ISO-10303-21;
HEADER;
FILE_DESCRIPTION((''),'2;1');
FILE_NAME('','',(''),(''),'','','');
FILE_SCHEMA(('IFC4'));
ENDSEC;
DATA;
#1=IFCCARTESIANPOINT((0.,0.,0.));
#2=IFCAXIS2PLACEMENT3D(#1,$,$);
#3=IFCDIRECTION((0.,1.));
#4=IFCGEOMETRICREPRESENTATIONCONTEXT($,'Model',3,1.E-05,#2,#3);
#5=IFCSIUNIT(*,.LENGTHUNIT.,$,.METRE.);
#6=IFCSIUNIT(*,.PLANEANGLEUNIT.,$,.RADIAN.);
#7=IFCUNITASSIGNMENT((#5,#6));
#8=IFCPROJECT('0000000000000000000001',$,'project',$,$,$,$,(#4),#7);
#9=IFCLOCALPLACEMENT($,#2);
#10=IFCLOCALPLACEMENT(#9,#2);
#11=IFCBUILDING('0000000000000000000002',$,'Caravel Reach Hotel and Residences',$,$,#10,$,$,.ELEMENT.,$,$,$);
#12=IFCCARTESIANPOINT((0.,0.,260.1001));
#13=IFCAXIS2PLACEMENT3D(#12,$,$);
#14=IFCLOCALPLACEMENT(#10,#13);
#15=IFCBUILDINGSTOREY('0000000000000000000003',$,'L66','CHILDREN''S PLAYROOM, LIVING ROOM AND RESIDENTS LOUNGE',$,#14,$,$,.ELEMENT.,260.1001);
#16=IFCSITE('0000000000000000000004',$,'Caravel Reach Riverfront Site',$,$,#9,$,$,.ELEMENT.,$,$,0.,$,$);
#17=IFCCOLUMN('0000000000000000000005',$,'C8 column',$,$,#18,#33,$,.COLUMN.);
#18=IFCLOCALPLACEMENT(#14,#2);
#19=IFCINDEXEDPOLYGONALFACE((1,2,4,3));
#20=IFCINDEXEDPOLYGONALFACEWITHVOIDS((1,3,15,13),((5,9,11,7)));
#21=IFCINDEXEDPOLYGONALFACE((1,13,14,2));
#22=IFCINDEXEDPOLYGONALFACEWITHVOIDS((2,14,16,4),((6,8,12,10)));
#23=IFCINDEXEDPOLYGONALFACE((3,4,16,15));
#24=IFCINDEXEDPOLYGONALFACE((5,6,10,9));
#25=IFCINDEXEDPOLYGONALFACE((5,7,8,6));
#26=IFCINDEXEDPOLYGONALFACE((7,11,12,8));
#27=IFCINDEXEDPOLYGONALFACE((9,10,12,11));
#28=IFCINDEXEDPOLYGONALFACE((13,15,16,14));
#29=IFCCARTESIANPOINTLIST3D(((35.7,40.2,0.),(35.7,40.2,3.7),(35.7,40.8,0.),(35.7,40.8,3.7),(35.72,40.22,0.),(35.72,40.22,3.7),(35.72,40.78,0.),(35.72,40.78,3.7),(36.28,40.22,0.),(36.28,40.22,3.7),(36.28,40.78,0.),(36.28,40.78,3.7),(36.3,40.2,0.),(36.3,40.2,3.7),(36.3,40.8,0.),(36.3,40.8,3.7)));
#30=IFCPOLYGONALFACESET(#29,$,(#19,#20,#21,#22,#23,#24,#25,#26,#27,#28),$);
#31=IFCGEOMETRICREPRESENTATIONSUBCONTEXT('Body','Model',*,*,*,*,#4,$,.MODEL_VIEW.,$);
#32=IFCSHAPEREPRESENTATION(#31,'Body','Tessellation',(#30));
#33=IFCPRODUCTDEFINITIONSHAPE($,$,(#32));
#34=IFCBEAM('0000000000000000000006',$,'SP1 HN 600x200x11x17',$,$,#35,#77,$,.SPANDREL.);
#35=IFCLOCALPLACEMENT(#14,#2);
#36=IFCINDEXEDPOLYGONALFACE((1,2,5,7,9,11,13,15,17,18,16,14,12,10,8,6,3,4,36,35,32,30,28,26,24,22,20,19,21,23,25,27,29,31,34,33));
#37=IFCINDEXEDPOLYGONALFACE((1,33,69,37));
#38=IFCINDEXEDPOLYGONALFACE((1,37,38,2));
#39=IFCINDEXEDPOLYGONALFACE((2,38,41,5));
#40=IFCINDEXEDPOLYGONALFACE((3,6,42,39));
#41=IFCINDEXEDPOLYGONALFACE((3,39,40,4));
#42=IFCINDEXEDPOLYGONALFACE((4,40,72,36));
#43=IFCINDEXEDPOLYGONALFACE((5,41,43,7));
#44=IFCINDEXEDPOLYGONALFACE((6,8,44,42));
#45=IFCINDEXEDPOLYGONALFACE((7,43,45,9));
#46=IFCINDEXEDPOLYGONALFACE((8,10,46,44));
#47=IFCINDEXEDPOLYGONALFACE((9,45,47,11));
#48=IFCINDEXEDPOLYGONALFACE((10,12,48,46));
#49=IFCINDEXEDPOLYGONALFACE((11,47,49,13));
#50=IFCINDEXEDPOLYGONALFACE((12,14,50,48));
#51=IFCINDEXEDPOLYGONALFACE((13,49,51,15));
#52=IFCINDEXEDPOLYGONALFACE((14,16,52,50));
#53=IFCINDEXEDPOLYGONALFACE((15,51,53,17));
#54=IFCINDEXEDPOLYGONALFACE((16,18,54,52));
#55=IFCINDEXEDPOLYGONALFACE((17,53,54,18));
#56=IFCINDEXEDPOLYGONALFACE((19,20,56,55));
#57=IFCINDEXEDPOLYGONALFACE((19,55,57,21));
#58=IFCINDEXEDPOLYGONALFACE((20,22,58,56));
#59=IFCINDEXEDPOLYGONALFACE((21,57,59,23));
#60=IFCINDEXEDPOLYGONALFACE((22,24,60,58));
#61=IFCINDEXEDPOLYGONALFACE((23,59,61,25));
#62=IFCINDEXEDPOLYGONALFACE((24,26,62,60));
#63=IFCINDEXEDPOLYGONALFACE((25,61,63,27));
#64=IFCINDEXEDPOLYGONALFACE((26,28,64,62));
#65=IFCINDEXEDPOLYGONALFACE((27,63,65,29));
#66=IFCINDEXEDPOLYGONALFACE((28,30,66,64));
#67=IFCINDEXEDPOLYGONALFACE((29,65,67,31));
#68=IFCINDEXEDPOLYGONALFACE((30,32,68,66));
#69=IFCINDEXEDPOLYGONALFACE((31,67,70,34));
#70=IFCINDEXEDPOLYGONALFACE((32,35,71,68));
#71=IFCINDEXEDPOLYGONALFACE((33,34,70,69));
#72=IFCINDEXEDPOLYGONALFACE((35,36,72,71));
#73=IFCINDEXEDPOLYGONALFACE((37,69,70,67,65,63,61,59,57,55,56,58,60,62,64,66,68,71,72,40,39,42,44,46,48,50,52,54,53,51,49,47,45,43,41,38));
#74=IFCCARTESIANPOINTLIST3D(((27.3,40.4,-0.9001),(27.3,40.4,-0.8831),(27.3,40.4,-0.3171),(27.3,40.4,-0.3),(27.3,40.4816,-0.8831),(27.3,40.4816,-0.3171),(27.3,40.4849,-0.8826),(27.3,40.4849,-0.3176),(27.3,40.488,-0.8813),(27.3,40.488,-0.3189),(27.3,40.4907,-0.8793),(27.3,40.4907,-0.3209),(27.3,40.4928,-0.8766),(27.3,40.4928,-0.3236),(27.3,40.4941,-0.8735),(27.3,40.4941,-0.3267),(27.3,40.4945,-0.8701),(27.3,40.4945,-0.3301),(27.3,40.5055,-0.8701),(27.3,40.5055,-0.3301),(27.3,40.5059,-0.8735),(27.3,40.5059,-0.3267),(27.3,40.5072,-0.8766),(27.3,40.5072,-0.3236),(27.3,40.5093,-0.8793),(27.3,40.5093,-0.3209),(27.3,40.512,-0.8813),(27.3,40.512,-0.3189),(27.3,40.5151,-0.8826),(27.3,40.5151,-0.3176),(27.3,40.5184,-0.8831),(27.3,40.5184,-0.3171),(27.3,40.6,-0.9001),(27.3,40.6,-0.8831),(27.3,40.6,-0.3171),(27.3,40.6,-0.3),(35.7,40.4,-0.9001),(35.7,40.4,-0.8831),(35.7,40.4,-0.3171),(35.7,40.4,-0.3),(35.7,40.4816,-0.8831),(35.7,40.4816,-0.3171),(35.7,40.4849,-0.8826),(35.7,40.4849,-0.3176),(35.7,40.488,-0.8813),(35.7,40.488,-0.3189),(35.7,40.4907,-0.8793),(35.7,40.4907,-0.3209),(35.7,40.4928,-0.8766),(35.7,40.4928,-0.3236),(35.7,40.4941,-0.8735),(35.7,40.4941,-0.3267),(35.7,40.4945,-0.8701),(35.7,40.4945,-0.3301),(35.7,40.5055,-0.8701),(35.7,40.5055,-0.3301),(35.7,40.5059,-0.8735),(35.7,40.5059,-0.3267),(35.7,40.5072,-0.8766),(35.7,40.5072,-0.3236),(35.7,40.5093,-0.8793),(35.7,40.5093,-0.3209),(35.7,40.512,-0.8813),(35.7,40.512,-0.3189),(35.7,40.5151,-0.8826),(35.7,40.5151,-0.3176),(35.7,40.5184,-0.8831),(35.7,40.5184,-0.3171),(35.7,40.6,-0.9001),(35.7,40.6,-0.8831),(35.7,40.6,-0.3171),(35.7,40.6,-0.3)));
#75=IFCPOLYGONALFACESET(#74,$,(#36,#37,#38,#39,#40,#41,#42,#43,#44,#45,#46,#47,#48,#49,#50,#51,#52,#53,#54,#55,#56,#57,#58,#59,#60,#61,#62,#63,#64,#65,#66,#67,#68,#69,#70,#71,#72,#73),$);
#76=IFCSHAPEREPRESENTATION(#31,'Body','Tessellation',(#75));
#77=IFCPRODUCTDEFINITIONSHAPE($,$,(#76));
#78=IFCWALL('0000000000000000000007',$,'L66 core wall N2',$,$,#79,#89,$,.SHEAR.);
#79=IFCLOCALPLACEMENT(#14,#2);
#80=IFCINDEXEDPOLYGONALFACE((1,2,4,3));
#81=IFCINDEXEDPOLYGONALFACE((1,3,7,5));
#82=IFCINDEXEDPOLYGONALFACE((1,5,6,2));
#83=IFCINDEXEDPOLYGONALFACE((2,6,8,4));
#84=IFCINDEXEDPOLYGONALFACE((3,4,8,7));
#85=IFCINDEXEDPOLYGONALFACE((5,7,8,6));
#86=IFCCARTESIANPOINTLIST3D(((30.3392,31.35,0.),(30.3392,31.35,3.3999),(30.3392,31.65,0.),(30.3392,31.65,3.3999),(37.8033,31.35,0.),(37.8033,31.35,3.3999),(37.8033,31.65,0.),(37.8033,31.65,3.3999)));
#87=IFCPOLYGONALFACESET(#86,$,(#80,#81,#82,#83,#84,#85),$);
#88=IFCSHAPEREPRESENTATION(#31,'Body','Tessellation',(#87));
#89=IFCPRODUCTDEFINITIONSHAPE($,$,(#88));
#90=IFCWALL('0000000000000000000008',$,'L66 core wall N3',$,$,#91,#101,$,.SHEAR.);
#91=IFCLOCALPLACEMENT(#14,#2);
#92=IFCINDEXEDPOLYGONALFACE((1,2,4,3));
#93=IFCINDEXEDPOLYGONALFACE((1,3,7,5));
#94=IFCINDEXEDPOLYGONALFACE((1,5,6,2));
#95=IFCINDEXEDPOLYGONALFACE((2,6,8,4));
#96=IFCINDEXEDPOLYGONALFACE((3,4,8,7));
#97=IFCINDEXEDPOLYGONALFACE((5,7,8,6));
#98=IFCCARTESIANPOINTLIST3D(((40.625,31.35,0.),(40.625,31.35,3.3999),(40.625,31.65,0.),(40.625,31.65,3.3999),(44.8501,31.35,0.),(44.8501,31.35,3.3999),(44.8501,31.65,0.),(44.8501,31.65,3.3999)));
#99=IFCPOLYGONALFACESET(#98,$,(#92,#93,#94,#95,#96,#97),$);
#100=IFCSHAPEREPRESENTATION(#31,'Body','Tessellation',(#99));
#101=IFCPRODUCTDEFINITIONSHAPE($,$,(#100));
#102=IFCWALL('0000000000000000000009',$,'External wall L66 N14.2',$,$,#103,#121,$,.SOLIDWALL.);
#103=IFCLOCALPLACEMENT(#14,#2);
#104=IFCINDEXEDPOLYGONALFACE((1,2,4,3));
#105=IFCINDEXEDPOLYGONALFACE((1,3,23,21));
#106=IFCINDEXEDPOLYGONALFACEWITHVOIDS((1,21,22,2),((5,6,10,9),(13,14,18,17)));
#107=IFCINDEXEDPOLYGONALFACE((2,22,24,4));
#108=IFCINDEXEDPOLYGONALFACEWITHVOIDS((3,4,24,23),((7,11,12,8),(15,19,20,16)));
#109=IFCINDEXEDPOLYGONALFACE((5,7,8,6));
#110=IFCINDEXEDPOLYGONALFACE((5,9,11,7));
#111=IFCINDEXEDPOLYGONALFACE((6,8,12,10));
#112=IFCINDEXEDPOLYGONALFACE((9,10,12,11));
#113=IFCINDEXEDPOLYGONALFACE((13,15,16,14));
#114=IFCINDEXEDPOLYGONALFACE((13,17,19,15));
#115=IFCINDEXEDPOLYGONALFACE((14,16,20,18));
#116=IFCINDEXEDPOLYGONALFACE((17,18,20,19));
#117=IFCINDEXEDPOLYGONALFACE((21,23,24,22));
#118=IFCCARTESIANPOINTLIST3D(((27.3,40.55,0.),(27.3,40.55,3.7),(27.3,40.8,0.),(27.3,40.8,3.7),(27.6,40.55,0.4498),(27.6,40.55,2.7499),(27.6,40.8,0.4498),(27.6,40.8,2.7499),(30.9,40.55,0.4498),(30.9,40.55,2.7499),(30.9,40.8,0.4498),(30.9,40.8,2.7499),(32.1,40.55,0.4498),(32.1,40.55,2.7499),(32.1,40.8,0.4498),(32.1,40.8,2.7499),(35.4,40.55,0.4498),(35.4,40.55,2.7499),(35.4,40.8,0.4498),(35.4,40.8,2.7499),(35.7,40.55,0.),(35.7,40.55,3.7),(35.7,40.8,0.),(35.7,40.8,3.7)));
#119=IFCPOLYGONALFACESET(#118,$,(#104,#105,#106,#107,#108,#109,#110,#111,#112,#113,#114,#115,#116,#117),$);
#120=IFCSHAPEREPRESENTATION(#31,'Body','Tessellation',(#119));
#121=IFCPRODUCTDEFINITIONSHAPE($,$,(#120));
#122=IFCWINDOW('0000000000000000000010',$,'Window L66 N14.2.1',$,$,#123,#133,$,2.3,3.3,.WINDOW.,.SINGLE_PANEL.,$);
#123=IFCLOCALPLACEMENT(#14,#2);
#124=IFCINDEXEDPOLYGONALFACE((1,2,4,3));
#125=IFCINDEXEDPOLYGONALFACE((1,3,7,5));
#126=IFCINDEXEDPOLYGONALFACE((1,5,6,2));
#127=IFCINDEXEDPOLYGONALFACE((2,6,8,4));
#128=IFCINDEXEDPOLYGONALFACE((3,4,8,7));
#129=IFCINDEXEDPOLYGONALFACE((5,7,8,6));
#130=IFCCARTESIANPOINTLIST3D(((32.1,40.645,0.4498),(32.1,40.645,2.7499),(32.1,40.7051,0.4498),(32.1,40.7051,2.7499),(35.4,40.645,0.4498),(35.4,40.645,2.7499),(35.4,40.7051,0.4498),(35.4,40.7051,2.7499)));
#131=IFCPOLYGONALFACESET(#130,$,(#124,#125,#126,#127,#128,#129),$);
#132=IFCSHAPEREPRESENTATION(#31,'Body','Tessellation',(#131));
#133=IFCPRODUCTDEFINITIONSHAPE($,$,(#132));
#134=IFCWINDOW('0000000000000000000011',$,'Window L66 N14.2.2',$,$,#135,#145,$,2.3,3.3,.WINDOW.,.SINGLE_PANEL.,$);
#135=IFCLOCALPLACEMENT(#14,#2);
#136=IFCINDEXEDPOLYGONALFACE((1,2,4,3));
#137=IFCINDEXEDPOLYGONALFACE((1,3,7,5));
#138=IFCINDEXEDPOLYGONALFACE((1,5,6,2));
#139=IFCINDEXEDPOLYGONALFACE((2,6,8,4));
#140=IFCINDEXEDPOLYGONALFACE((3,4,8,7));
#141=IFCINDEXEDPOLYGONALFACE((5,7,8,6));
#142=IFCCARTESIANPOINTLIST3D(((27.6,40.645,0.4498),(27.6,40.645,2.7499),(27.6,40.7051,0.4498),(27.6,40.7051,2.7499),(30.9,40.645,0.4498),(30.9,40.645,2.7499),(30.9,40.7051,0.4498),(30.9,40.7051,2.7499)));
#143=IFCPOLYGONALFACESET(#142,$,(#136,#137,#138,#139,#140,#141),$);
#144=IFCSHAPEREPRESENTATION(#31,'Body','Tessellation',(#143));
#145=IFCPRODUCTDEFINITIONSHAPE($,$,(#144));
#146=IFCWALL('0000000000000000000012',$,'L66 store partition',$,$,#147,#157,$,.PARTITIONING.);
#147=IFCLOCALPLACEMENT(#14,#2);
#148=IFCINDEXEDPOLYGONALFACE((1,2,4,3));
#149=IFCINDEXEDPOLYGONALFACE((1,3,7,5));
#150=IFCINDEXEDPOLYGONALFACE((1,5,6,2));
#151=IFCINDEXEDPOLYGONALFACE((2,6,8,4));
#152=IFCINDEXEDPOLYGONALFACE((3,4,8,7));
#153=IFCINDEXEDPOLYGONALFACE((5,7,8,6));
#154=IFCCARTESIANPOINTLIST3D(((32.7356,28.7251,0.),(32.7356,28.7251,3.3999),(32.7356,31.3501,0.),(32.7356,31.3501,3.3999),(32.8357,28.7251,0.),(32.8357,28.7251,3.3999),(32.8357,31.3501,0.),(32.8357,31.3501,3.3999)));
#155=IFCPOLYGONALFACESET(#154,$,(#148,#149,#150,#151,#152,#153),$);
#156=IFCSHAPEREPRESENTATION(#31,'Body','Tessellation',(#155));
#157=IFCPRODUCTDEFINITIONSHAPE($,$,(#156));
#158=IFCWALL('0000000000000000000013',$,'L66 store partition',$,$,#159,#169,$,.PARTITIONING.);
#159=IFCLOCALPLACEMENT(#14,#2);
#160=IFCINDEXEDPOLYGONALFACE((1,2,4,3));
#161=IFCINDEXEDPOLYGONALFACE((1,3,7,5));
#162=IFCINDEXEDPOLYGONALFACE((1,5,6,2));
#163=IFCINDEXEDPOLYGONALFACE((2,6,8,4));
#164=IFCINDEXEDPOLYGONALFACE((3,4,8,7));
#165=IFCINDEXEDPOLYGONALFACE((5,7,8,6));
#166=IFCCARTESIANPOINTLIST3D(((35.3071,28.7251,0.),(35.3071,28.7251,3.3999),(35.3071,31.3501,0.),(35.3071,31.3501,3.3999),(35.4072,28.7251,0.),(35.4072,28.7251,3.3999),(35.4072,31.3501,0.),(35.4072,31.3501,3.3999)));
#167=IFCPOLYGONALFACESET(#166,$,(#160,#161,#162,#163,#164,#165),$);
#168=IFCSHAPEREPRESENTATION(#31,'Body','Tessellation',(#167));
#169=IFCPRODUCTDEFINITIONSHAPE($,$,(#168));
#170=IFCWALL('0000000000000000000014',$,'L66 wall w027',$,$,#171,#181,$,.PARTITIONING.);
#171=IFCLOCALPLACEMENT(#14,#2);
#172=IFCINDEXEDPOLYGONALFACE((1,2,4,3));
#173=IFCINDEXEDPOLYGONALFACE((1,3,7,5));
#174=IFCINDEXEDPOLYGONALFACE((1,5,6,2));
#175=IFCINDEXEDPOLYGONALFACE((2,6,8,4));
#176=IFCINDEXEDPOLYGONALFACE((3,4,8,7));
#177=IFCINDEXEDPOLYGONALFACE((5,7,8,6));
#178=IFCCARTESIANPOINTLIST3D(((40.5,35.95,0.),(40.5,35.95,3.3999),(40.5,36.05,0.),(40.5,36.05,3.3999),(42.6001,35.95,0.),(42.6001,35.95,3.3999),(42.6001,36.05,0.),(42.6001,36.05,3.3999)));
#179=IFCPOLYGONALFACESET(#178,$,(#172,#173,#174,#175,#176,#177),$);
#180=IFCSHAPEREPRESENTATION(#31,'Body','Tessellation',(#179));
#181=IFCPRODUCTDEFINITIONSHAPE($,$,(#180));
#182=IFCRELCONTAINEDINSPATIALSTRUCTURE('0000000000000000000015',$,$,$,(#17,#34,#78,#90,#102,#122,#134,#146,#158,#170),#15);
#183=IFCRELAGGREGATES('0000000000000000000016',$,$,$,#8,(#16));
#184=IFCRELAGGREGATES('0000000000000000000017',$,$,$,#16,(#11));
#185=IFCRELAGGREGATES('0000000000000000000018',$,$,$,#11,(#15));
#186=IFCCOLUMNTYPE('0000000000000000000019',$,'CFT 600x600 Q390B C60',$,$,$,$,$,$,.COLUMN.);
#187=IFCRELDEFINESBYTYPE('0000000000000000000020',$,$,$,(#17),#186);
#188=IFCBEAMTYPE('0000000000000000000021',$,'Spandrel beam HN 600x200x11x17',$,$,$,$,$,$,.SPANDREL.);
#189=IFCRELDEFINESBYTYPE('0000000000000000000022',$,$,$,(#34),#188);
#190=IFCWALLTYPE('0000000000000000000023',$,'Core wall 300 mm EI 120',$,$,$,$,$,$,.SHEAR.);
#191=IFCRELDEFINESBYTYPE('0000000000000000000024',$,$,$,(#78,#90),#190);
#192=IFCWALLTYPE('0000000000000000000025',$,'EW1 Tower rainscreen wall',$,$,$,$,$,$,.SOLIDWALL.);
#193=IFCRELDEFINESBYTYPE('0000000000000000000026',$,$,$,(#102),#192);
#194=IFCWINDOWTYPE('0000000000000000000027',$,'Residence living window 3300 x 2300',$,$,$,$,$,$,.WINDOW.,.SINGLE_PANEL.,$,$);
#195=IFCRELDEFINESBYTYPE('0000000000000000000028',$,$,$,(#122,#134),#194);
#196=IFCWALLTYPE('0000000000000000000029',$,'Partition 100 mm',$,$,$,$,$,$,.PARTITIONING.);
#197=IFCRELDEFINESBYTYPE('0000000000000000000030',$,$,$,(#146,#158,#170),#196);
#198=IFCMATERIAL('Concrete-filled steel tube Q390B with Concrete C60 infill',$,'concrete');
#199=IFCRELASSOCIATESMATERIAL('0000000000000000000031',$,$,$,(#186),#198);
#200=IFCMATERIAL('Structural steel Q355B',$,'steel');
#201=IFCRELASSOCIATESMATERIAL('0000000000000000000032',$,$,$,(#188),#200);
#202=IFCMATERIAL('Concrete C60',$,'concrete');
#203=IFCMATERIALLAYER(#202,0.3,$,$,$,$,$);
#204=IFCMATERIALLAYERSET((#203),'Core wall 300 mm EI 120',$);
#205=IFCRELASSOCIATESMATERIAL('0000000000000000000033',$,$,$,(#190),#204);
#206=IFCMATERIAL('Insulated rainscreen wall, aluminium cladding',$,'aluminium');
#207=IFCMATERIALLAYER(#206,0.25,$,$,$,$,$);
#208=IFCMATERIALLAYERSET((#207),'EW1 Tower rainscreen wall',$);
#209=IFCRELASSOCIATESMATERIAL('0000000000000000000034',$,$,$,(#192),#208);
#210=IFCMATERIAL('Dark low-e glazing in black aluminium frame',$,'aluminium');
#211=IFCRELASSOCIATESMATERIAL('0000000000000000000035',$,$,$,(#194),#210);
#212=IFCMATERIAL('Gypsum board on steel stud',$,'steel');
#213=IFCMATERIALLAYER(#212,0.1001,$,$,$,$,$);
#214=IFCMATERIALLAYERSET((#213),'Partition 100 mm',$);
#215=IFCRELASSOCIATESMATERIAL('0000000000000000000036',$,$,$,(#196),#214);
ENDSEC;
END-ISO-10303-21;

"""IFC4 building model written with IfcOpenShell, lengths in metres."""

from ifc_helpers import new_model, si_unit, direction, frame, frame_2d, origin, origin_2d, place, context, subcontext, project, spatial, rectangle, hollow_rectangle, i_section, extrude, material, layer, layer_set, material_profile, profile_set, type_object, element, fill, save


model = new_model("IFC4")

# Units and contexts
model_context = context("Model", 3, precision=1e-05, world=origin(), true_north=direction((0.0, 1.0)))
body_context = subcontext(model_context, "Body", "Model", "MODEL_VIEW")
ifc_project = project(units=[si_unit("LENGTHUNIT", "METRE"), si_unit("PLANEANGLEUNIT", "RADIAN")], contexts=[model_context])

# Site, building, storey
site_placement = place(None, origin())
site = spatial("IfcSite", under=ifc_project, at=site_placement, Name="Caravel Reach Riverfront Site", CompositionType="ELEMENT", RefElevation=0.0)
building_placement = place(site_placement, origin())
building = spatial("IfcBuilding", under=site, at=building_placement, Name="Caravel Reach Hotel and Residences", CompositionType="ELEMENT")
storey_placement = place(building_placement, frame((0.0, 0.0, 260.1001)))
storey = spatial("IfcBuildingStorey", under=building, at=storey_placement, Name="L66", Description="CHILDREN'S PLAYROOM, LIVING ROOM AND RESIDENTS LOUNGE", CompositionType="ELEMENT", Elevation=260.1001)

# Column
ifc_material_1 = material(Name="Concrete-filled steel tube Q390B with Concrete C60 infill", Category="concrete")
ifc_material_profile_1 = material_profile(ifc_material_1, hollow_rectangle(XDim=0.6001, YDim=0.6001, WallThickness=0.02, at=origin_2d()), Name="RHS 600x600x20")
ifc_profile_set_1 = profile_set([ifc_material_profile_1], Name="Concrete-filled steel tube Q390B with Concrete C60 infill")
column_type = type_object("IfcColumnType", Name="CFT 600x600 Q390B C60", PredefinedType="COLUMN", material=ifc_profile_set_1)
column_placement = place(storey_placement, frame((36.0, 40.5, 0.0), z_axis=(0.0, 0.0, 1.0), x_axis=(1.0, 0.0, 0.0)))
element("IfcColumn", 1, at=column_placement, inside=storey, type_object=column_type, Name="C8 column", PredefinedType="COLUMN", context=body_context, shape_type="SweptSolid", body=[
    extrude(hollow_rectangle(XDim=0.6001, YDim=0.6001, WallThickness=0.02, at=origin_2d()), origin(), (0.0, 0.0, 1.0), 3.7),
])

# Beam
ifc_material_2 = material(Name="Structural steel Q355B", Category="steel")
ifc_material_profile_2 = material_profile(ifc_material_2, i_section(OverallWidth=0.2, OverallDepth=0.6001, WebThickness=0.011, FlangeThickness=0.0171, FilletRadius=0.0129, at=origin_2d()), Name="HN 600x200x11x17")
ifc_profile_set_2 = profile_set([ifc_material_profile_2], Name="Structural steel Q355B")
beam_type = type_object("IfcBeamType", Name="Spandrel beam HN 600x200x11x17", PredefinedType="SPANDREL", material=ifc_profile_set_2)
beam_placement = place(storey_placement, frame((35.7, 40.5, -0.6001), z_axis=(-1.0, 0.0, 0.0), x_axis=(0.0, -1.0, 0.0)))
element("IfcBeam", 2, at=beam_placement, inside=storey, type_object=beam_type, Name="SP1 HN 600x200x11x17", PredefinedType="SPANDREL", context=body_context, shape_type="SweptSolid", body=[
    extrude(i_section(OverallWidth=0.2, OverallDepth=0.6001, WebThickness=0.011, FlangeThickness=0.0171, FilletRadius=0.0129, at=origin_2d()), origin(), (0.0, 0.0, 1.0), 8.3999),
])

# Walls
ifc_material_3 = material(Name="Concrete C60", Category="concrete")
ifc_layer_1 = layer(ifc_material_3, 0.3)
ifc_layer_set_1 = layer_set([ifc_layer_1], Name="Core wall 300 mm EI 120")
wall_type_1 = type_object("IfcWallType", Name="Core wall 300 mm EI 120", PredefinedType="SHEAR", material=ifc_layer_set_1)
wall_1_placement = place(storey_placement, frame((30.3394, 31.5, 0.0), z_axis=(0.0, 0.0, 1.0), x_axis=(1.0, 0.0, 0.0)))
element("IfcWall", 3, at=wall_1_placement, inside=storey, type_object=wall_type_1, Name="L66 core wall N2", PredefinedType="SHEAR", context=body_context, shape_type="SweptSolid", body=[
    extrude(rectangle(XDim=7.4641, YDim=0.3, at=frame_2d((3.7319, 0.0))), origin(), (0.0, 0.0, 1.0), 3.3999),
])
wall_2_placement = place(storey_placement, frame((40.625, 31.5, 0.0), z_axis=(0.0, 0.0, 1.0), x_axis=(1.0, 0.0, 0.0)))
element("IfcWall", 4, at=wall_2_placement, inside=storey, type_object=wall_type_1, Name="L66 core wall N3", PredefinedType="SHEAR", context=body_context, shape_type="SweptSolid", body=[
    extrude(rectangle(XDim=4.2251, YDim=0.3, at=frame_2d((2.1125, 0.0))), origin(), (0.0, 0.0, 1.0), 3.3999),
])

# Wall, openings, windows
ifc_material_4 = material(Name="Insulated rainscreen wall, aluminium cladding", Category="aluminium")
ifc_layer_2 = layer(ifc_material_4, 0.25)
ifc_layer_set_2 = layer_set([ifc_layer_2], Name="EW1 Tower rainscreen wall")
wall_type_2 = type_object("IfcWallType", Name="EW1 Tower rainscreen wall", PredefinedType="SOLIDWALL", material=ifc_layer_set_2)
wall_3_placement = place(storey_placement, frame((35.7, 40.675, 0.0), z_axis=(0.0, 0.0, 1.0), x_axis=(-1.0, 0.0, 0.0)))
wall_3 = element("IfcWall", 5, at=wall_3_placement, inside=storey, type_object=wall_type_2, Name="External wall L66 N14.2", PredefinedType="SOLIDWALL", context=body_context, shape_type="SweptSolid", body=[
    extrude(rectangle(XDim=8.3999, YDim=0.25, at=frame_2d((4.2, 0.0))), origin(), (0.0, 0.0, 1.0), 3.7),
])
opening_1_placement = place(wall_3_placement, frame((0.3, 0.0, 0.45)))
opening_1 = element("IfcOpeningElement", 6, at=opening_1_placement, cuts=wall_3, PredefinedType="OPENING", context=body_context, shape_type="SweptSolid", body=[
    extrude(rectangle(XDim=3.3, YDim=2.3, at=frame_2d((1.6499, 1.1499))), frame((0.0, 0.135, 0.0), z_axis=(0.0, -1.0, 0.0), x_axis=(1.0, 0.0, 0.0)), (0.0, 0.0, 1.0), 0.27),
])
opening_2_placement = place(wall_3_placement, frame((4.8, 0.0, 0.45)))
opening_2 = element("IfcOpeningElement", 7, at=opening_2_placement, cuts=wall_3, PredefinedType="OPENING", context=body_context, shape_type="SweptSolid", body=[
    extrude(rectangle(XDim=3.3, YDim=2.3, at=frame_2d((1.6499, 1.1499))), frame((0.0, 0.135, 0.0), z_axis=(0.0, -1.0, 0.0), x_axis=(1.0, 0.0, 0.0)), (0.0, 0.0, 1.0), 0.27),
])
ifc_material_5 = material(Name="Dark low-e glazing in black aluminium frame", Category="aluminium")
window_type = type_object("IfcWindowType", Name="Residence living window 3300 x 2300", PartitioningType="SINGLE_PANEL", PredefinedType="WINDOW", material=ifc_material_5)
window_1_placement = place(opening_1_placement, origin())
window_1 = element("IfcWindow", 8, at=window_1_placement, inside=storey, type_object=window_type, Name="Window L66 N14.2.1", OverallHeight=2.3, OverallWidth=3.3, PartitioningType="SINGLE_PANEL", PredefinedType="WINDOW", context=body_context, shape_type="SweptSolid", body=[
    extrude(rectangle(XDim=3.3, YDim=2.3, at=frame_2d((1.6499, 1.1499))), frame((0.0, 0.03, 0.0), z_axis=(0.0, -1.0, 0.0), x_axis=(1.0, 0.0, 0.0)), (0.0, 0.0, 1.0), 0.0601),
])
fill(opening_1, window_1)
window_2_placement = place(opening_2_placement, origin())
window_2 = element("IfcWindow", 9, at=window_2_placement, inside=storey, type_object=window_type, Name="Window L66 N14.2.2", OverallHeight=2.3, OverallWidth=3.3, PartitioningType="SINGLE_PANEL", PredefinedType="WINDOW", context=body_context, shape_type="SweptSolid", body=[
    extrude(rectangle(XDim=3.3, YDim=2.3, at=frame_2d((1.6499, 1.1499))), frame((0.0, 0.03, 0.0), z_axis=(0.0, -1.0, 0.0), x_axis=(1.0, 0.0, 0.0)), (0.0, 0.0, 1.0), 0.0601),
])
fill(opening_2, window_2)

# Walls
ifc_material_6 = material(Name="Gypsum board on steel stud", Category="steel")
ifc_layer_3 = layer(ifc_material_6, 0.1001)
ifc_layer_set_3 = layer_set([ifc_layer_3], Name="Partition 100 mm")
wall_type_3 = type_object("IfcWallType", Name="Partition 100 mm", PredefinedType="PARTITIONING", material=ifc_layer_set_3)
for number, where, z_axis, x_axis, name in (
    (10, (32.7856, 28.7251, 0.0), (0.0, 0.0, 1.0), (0.0, 1.0, 0.0), "L66 store partition"),
    (11, (35.3572, 28.7251, 0.0), (0.0, 0.0, 1.0), (0.0, 1.0, 0.0), "L66 store partition"),
):
    element("IfcWall", number, at=place(storey_placement, frame(where, z_axis=z_axis, x_axis=x_axis)), inside=storey, type_object=wall_type_3, Name=name, PredefinedType="PARTITIONING", context=body_context, shape_type="SweptSolid", body=[
        extrude(rectangle(XDim=2.625, YDim=0.1001, at=frame_2d((1.3125, 0.0))), origin(), (0.0, 0.0, 1.0), 3.3999),
    ])
wall_4_placement = place(storey_placement, frame((40.5, 36.0, 0.0), z_axis=(0.0, 0.0, 1.0), x_axis=(1.0, 0.0, 0.0)))
element("IfcWall", 12, at=wall_4_placement, inside=storey, type_object=wall_type_3, Name="L66 wall w027", PredefinedType="PARTITIONING", context=body_context, shape_type="SweptSolid", body=[
    extrude(rectangle(XDim=2.1001, YDim=0.1001, at=frame_2d((1.05, 0.0))), origin(), (0.0, 0.0, 1.0), 3.3999),
])

save(model, "model.ifc")
